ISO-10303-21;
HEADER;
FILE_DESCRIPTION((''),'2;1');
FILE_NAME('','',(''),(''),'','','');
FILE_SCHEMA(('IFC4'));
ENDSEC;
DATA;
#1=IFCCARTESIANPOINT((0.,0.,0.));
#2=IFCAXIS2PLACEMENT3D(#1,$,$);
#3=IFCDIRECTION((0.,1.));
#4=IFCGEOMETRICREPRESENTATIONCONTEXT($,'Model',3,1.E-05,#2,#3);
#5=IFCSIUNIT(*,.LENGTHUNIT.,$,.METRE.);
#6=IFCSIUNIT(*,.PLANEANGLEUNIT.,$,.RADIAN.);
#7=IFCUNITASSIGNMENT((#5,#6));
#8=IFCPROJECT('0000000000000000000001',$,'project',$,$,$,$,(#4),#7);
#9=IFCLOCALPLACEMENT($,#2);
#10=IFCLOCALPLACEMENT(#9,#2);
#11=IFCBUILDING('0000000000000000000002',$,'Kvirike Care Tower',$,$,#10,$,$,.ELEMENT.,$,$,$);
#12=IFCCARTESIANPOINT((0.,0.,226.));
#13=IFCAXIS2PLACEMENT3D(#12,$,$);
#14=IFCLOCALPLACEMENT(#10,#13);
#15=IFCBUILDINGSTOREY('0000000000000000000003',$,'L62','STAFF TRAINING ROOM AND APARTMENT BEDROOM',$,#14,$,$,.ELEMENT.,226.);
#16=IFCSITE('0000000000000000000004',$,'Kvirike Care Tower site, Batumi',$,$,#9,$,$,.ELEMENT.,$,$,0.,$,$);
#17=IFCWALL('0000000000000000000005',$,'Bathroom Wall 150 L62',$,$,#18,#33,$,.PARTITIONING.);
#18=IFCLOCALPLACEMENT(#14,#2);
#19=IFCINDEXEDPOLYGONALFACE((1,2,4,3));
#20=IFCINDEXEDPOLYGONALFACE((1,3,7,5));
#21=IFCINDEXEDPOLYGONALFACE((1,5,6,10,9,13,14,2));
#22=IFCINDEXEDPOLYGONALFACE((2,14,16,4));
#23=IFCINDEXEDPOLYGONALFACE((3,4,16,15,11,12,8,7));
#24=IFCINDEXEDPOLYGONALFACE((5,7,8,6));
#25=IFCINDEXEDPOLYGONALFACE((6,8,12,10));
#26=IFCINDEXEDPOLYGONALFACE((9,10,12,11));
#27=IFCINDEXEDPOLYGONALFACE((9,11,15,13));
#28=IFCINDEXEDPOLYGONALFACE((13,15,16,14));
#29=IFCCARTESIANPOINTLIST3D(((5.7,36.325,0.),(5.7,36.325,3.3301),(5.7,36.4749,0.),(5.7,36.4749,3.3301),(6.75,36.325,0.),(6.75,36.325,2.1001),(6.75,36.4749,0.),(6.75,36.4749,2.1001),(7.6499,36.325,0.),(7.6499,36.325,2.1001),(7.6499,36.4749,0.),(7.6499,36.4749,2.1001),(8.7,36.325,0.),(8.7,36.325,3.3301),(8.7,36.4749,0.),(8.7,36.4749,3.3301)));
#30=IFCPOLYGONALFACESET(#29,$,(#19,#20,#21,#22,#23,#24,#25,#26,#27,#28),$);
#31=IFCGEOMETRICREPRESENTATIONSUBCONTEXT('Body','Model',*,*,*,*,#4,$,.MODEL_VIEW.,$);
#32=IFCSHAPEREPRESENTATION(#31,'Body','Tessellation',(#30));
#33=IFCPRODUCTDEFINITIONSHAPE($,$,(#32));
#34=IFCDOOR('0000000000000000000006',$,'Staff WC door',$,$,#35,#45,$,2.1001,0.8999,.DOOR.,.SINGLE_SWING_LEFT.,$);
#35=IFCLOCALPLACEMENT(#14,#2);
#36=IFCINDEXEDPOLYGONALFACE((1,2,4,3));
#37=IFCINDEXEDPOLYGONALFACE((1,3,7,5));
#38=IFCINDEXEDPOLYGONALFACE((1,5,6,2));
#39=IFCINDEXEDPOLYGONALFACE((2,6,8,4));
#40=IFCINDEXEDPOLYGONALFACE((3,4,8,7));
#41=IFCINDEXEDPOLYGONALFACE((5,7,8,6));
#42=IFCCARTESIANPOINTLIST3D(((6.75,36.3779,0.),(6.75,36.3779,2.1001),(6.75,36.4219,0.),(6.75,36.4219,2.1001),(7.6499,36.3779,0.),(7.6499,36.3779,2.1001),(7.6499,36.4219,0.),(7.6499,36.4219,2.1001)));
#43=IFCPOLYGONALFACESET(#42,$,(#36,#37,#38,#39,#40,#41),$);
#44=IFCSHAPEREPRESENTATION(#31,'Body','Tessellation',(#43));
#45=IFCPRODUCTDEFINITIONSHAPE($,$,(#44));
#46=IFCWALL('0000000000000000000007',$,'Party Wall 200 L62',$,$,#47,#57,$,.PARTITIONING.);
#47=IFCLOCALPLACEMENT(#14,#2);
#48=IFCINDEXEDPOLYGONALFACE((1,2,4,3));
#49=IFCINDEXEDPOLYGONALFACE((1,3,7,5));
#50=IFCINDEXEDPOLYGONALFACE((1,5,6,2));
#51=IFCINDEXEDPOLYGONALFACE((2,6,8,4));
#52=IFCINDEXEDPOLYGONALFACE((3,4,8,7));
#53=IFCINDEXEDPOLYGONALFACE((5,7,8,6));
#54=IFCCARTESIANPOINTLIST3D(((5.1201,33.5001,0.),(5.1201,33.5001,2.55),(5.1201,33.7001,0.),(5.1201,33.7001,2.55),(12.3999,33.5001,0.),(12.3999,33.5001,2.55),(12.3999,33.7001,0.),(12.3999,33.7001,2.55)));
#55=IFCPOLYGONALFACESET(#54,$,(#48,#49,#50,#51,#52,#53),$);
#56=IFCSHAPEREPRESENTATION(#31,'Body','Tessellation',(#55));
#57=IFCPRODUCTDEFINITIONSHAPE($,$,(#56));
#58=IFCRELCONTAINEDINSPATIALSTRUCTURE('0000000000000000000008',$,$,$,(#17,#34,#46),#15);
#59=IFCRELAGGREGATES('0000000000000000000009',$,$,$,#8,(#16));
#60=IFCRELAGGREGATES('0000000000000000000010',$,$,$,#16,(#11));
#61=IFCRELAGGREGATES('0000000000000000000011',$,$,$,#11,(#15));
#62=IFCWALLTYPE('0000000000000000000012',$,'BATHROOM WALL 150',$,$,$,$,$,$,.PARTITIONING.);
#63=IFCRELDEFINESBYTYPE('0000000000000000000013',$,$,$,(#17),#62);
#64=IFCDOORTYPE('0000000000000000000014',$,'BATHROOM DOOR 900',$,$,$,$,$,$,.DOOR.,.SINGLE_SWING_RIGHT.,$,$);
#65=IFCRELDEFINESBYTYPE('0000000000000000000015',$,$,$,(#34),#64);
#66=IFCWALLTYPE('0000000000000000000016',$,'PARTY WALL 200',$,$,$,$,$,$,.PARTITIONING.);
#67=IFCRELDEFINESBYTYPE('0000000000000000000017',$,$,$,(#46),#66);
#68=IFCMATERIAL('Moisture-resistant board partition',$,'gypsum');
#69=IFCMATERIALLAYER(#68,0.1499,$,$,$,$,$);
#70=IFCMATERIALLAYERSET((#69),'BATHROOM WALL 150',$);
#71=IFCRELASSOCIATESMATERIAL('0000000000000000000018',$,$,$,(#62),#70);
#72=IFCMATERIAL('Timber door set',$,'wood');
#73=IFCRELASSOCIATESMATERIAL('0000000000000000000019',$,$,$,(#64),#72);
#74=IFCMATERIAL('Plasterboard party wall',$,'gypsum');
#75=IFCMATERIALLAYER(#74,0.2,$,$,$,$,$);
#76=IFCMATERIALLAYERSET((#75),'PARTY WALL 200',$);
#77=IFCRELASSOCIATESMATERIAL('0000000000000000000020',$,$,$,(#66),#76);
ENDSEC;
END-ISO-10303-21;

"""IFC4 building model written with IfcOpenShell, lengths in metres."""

from ifc_helpers import new_model, si_unit, direction, frame, frame_2d, origin, place, context, subcontext, project, spatial, rectangle, extrude, material, layer, layer_set, type_object, element, fill, save


model = new_model("IFC4")

# Units and contexts
model_context = context("Model", 3, precision=1e-05, world=origin(), true_north=direction((0.0, 1.0)))
body_context = subcontext(model_context, "Body", "Model", "MODEL_VIEW")
ifc_project = project(units=[si_unit("LENGTHUNIT", "METRE"), si_unit("PLANEANGLEUNIT", "RADIAN")], contexts=[model_context])

# Site, building, storey
site_placement = place(None, origin())
site = spatial("IfcSite", under=ifc_project, at=site_placement, Name="Kvirike Care Tower site, Batumi", CompositionType="ELEMENT", RefElevation=0.0)
building_placement = place(site_placement, origin())
building = spatial("IfcBuilding", under=site, at=building_placement, Name="Kvirike Care Tower", CompositionType="ELEMENT")
storey_placement = place(building_placement, frame((0.0, 0.0, 226.0)))
storey = spatial("IfcBuildingStorey", under=building, at=storey_placement, Name="L62", Description="STAFF TRAINING ROOM AND APARTMENT BEDROOM", CompositionType="ELEMENT", Elevation=226.0)

# Wall, opening, door
ifc_material_1 = material(Name="Moisture-resistant board partition", Category="gypsum")
ifc_layer_1 = layer(ifc_material_1, 0.1499)
ifc_layer_set_1 = layer_set([ifc_layer_1], Name="BATHROOM WALL 150")
wall_type_1 = type_object("IfcWallType", Name="BATHROOM WALL 150", PredefinedType="PARTITIONING", material=ifc_layer_set_1)
wall_1_placement = place(storey_placement, frame((5.7, 36.3999, 0.0), z_axis=(0.0, 0.0, 1.0), x_axis=(1.0, 0.0, 0.0)))
wall_1 = element("IfcWall", 1, at=wall_1_placement, inside=storey, type_object=wall_type_1, Name="Bathroom Wall 150 L62", PredefinedType="PARTITIONING", context=body_context, shape_type="SweptSolid", body=[
    extrude(rectangle(XDim=3.0, YDim=0.1499, at=frame_2d((1.5, 0.0))), origin(), (0.0, 0.0, 1.0), 3.3301),
])
opening_placement = place(wall_1_placement, frame((1.05, 0.0, 0.0)))
opening = element("IfcOpeningElement", 2, at=opening_placement, cuts=wall_1, PredefinedType="OPENING", context=body_context, shape_type="SweptSolid", body=[
    extrude(rectangle(XDim=0.8999, YDim=2.1001, at=frame_2d((0.45, 1.05))), frame((0.0, 0.0854, 0.0), z_axis=(0.0, -1.0, 0.0), x_axis=(1.0, 0.0, 0.0)), (0.0, 0.0, 1.0), 0.1709),
])
ifc_material_2 = material(Name="Timber door set", Category="wood")
door_type = type_object("IfcDoorType", Name="BATHROOM DOOR 900", OperationType="SINGLE_SWING_RIGHT", PredefinedType="DOOR", material=ifc_material_2)
door_placement = place(opening_placement, frame((0.8999, 0.0, 0.0), z_axis=(0.0, 0.0, 1.0), x_axis=(-1.0, 0.0, 0.0)))
door = element("IfcDoor", 3, at=door_placement, inside=storey, type_object=door_type, Name="Staff WC door", OperationType="SINGLE_SWING_LEFT", OverallHeight=2.1001, OverallWidth=0.8999, PredefinedType="DOOR", context=body_context, shape_type="SweptSolid", body=[
    extrude(rectangle(XDim=0.8999, YDim=2.1001, at=frame_2d((0.45, 1.05))), frame((0.0, 0.022, 0.0), z_axis=(0.0, -1.0, 0.0), x_axis=(1.0, 0.0, 0.0)), (0.0, 0.0, 1.0), 0.0439),
])
fill(opening, door)

# Wall
ifc_material_3 = material(Name="Plasterboard party wall", Category="gypsum")
ifc_layer_2 = layer(ifc_material_3, 0.2)
ifc_layer_set_2 = layer_set([ifc_layer_2], Name="PARTY WALL 200")
wall_type_2 = type_object("IfcWallType", Name="PARTY WALL 200", PredefinedType="PARTITIONING", material=ifc_layer_set_2)
wall_2_placement = place(storey_placement, frame((5.1201, 33.6001, 0.0), z_axis=(0.0, 0.0, 1.0), x_axis=(1.0, 0.0, 0.0)))
element("IfcWall", 4, at=wall_2_placement, inside=storey, type_object=wall_type_2, Name="Party Wall 200 L62", PredefinedType="PARTITIONING", context=body_context, shape_type="SweptSolid", body=[
    extrude(rectangle(XDim=7.2798, YDim=0.2, at=frame_2d((3.6399, 0.0))), origin(), (0.0, 0.0, 1.0), 2.55),
])

save(model, "model.ifc")
